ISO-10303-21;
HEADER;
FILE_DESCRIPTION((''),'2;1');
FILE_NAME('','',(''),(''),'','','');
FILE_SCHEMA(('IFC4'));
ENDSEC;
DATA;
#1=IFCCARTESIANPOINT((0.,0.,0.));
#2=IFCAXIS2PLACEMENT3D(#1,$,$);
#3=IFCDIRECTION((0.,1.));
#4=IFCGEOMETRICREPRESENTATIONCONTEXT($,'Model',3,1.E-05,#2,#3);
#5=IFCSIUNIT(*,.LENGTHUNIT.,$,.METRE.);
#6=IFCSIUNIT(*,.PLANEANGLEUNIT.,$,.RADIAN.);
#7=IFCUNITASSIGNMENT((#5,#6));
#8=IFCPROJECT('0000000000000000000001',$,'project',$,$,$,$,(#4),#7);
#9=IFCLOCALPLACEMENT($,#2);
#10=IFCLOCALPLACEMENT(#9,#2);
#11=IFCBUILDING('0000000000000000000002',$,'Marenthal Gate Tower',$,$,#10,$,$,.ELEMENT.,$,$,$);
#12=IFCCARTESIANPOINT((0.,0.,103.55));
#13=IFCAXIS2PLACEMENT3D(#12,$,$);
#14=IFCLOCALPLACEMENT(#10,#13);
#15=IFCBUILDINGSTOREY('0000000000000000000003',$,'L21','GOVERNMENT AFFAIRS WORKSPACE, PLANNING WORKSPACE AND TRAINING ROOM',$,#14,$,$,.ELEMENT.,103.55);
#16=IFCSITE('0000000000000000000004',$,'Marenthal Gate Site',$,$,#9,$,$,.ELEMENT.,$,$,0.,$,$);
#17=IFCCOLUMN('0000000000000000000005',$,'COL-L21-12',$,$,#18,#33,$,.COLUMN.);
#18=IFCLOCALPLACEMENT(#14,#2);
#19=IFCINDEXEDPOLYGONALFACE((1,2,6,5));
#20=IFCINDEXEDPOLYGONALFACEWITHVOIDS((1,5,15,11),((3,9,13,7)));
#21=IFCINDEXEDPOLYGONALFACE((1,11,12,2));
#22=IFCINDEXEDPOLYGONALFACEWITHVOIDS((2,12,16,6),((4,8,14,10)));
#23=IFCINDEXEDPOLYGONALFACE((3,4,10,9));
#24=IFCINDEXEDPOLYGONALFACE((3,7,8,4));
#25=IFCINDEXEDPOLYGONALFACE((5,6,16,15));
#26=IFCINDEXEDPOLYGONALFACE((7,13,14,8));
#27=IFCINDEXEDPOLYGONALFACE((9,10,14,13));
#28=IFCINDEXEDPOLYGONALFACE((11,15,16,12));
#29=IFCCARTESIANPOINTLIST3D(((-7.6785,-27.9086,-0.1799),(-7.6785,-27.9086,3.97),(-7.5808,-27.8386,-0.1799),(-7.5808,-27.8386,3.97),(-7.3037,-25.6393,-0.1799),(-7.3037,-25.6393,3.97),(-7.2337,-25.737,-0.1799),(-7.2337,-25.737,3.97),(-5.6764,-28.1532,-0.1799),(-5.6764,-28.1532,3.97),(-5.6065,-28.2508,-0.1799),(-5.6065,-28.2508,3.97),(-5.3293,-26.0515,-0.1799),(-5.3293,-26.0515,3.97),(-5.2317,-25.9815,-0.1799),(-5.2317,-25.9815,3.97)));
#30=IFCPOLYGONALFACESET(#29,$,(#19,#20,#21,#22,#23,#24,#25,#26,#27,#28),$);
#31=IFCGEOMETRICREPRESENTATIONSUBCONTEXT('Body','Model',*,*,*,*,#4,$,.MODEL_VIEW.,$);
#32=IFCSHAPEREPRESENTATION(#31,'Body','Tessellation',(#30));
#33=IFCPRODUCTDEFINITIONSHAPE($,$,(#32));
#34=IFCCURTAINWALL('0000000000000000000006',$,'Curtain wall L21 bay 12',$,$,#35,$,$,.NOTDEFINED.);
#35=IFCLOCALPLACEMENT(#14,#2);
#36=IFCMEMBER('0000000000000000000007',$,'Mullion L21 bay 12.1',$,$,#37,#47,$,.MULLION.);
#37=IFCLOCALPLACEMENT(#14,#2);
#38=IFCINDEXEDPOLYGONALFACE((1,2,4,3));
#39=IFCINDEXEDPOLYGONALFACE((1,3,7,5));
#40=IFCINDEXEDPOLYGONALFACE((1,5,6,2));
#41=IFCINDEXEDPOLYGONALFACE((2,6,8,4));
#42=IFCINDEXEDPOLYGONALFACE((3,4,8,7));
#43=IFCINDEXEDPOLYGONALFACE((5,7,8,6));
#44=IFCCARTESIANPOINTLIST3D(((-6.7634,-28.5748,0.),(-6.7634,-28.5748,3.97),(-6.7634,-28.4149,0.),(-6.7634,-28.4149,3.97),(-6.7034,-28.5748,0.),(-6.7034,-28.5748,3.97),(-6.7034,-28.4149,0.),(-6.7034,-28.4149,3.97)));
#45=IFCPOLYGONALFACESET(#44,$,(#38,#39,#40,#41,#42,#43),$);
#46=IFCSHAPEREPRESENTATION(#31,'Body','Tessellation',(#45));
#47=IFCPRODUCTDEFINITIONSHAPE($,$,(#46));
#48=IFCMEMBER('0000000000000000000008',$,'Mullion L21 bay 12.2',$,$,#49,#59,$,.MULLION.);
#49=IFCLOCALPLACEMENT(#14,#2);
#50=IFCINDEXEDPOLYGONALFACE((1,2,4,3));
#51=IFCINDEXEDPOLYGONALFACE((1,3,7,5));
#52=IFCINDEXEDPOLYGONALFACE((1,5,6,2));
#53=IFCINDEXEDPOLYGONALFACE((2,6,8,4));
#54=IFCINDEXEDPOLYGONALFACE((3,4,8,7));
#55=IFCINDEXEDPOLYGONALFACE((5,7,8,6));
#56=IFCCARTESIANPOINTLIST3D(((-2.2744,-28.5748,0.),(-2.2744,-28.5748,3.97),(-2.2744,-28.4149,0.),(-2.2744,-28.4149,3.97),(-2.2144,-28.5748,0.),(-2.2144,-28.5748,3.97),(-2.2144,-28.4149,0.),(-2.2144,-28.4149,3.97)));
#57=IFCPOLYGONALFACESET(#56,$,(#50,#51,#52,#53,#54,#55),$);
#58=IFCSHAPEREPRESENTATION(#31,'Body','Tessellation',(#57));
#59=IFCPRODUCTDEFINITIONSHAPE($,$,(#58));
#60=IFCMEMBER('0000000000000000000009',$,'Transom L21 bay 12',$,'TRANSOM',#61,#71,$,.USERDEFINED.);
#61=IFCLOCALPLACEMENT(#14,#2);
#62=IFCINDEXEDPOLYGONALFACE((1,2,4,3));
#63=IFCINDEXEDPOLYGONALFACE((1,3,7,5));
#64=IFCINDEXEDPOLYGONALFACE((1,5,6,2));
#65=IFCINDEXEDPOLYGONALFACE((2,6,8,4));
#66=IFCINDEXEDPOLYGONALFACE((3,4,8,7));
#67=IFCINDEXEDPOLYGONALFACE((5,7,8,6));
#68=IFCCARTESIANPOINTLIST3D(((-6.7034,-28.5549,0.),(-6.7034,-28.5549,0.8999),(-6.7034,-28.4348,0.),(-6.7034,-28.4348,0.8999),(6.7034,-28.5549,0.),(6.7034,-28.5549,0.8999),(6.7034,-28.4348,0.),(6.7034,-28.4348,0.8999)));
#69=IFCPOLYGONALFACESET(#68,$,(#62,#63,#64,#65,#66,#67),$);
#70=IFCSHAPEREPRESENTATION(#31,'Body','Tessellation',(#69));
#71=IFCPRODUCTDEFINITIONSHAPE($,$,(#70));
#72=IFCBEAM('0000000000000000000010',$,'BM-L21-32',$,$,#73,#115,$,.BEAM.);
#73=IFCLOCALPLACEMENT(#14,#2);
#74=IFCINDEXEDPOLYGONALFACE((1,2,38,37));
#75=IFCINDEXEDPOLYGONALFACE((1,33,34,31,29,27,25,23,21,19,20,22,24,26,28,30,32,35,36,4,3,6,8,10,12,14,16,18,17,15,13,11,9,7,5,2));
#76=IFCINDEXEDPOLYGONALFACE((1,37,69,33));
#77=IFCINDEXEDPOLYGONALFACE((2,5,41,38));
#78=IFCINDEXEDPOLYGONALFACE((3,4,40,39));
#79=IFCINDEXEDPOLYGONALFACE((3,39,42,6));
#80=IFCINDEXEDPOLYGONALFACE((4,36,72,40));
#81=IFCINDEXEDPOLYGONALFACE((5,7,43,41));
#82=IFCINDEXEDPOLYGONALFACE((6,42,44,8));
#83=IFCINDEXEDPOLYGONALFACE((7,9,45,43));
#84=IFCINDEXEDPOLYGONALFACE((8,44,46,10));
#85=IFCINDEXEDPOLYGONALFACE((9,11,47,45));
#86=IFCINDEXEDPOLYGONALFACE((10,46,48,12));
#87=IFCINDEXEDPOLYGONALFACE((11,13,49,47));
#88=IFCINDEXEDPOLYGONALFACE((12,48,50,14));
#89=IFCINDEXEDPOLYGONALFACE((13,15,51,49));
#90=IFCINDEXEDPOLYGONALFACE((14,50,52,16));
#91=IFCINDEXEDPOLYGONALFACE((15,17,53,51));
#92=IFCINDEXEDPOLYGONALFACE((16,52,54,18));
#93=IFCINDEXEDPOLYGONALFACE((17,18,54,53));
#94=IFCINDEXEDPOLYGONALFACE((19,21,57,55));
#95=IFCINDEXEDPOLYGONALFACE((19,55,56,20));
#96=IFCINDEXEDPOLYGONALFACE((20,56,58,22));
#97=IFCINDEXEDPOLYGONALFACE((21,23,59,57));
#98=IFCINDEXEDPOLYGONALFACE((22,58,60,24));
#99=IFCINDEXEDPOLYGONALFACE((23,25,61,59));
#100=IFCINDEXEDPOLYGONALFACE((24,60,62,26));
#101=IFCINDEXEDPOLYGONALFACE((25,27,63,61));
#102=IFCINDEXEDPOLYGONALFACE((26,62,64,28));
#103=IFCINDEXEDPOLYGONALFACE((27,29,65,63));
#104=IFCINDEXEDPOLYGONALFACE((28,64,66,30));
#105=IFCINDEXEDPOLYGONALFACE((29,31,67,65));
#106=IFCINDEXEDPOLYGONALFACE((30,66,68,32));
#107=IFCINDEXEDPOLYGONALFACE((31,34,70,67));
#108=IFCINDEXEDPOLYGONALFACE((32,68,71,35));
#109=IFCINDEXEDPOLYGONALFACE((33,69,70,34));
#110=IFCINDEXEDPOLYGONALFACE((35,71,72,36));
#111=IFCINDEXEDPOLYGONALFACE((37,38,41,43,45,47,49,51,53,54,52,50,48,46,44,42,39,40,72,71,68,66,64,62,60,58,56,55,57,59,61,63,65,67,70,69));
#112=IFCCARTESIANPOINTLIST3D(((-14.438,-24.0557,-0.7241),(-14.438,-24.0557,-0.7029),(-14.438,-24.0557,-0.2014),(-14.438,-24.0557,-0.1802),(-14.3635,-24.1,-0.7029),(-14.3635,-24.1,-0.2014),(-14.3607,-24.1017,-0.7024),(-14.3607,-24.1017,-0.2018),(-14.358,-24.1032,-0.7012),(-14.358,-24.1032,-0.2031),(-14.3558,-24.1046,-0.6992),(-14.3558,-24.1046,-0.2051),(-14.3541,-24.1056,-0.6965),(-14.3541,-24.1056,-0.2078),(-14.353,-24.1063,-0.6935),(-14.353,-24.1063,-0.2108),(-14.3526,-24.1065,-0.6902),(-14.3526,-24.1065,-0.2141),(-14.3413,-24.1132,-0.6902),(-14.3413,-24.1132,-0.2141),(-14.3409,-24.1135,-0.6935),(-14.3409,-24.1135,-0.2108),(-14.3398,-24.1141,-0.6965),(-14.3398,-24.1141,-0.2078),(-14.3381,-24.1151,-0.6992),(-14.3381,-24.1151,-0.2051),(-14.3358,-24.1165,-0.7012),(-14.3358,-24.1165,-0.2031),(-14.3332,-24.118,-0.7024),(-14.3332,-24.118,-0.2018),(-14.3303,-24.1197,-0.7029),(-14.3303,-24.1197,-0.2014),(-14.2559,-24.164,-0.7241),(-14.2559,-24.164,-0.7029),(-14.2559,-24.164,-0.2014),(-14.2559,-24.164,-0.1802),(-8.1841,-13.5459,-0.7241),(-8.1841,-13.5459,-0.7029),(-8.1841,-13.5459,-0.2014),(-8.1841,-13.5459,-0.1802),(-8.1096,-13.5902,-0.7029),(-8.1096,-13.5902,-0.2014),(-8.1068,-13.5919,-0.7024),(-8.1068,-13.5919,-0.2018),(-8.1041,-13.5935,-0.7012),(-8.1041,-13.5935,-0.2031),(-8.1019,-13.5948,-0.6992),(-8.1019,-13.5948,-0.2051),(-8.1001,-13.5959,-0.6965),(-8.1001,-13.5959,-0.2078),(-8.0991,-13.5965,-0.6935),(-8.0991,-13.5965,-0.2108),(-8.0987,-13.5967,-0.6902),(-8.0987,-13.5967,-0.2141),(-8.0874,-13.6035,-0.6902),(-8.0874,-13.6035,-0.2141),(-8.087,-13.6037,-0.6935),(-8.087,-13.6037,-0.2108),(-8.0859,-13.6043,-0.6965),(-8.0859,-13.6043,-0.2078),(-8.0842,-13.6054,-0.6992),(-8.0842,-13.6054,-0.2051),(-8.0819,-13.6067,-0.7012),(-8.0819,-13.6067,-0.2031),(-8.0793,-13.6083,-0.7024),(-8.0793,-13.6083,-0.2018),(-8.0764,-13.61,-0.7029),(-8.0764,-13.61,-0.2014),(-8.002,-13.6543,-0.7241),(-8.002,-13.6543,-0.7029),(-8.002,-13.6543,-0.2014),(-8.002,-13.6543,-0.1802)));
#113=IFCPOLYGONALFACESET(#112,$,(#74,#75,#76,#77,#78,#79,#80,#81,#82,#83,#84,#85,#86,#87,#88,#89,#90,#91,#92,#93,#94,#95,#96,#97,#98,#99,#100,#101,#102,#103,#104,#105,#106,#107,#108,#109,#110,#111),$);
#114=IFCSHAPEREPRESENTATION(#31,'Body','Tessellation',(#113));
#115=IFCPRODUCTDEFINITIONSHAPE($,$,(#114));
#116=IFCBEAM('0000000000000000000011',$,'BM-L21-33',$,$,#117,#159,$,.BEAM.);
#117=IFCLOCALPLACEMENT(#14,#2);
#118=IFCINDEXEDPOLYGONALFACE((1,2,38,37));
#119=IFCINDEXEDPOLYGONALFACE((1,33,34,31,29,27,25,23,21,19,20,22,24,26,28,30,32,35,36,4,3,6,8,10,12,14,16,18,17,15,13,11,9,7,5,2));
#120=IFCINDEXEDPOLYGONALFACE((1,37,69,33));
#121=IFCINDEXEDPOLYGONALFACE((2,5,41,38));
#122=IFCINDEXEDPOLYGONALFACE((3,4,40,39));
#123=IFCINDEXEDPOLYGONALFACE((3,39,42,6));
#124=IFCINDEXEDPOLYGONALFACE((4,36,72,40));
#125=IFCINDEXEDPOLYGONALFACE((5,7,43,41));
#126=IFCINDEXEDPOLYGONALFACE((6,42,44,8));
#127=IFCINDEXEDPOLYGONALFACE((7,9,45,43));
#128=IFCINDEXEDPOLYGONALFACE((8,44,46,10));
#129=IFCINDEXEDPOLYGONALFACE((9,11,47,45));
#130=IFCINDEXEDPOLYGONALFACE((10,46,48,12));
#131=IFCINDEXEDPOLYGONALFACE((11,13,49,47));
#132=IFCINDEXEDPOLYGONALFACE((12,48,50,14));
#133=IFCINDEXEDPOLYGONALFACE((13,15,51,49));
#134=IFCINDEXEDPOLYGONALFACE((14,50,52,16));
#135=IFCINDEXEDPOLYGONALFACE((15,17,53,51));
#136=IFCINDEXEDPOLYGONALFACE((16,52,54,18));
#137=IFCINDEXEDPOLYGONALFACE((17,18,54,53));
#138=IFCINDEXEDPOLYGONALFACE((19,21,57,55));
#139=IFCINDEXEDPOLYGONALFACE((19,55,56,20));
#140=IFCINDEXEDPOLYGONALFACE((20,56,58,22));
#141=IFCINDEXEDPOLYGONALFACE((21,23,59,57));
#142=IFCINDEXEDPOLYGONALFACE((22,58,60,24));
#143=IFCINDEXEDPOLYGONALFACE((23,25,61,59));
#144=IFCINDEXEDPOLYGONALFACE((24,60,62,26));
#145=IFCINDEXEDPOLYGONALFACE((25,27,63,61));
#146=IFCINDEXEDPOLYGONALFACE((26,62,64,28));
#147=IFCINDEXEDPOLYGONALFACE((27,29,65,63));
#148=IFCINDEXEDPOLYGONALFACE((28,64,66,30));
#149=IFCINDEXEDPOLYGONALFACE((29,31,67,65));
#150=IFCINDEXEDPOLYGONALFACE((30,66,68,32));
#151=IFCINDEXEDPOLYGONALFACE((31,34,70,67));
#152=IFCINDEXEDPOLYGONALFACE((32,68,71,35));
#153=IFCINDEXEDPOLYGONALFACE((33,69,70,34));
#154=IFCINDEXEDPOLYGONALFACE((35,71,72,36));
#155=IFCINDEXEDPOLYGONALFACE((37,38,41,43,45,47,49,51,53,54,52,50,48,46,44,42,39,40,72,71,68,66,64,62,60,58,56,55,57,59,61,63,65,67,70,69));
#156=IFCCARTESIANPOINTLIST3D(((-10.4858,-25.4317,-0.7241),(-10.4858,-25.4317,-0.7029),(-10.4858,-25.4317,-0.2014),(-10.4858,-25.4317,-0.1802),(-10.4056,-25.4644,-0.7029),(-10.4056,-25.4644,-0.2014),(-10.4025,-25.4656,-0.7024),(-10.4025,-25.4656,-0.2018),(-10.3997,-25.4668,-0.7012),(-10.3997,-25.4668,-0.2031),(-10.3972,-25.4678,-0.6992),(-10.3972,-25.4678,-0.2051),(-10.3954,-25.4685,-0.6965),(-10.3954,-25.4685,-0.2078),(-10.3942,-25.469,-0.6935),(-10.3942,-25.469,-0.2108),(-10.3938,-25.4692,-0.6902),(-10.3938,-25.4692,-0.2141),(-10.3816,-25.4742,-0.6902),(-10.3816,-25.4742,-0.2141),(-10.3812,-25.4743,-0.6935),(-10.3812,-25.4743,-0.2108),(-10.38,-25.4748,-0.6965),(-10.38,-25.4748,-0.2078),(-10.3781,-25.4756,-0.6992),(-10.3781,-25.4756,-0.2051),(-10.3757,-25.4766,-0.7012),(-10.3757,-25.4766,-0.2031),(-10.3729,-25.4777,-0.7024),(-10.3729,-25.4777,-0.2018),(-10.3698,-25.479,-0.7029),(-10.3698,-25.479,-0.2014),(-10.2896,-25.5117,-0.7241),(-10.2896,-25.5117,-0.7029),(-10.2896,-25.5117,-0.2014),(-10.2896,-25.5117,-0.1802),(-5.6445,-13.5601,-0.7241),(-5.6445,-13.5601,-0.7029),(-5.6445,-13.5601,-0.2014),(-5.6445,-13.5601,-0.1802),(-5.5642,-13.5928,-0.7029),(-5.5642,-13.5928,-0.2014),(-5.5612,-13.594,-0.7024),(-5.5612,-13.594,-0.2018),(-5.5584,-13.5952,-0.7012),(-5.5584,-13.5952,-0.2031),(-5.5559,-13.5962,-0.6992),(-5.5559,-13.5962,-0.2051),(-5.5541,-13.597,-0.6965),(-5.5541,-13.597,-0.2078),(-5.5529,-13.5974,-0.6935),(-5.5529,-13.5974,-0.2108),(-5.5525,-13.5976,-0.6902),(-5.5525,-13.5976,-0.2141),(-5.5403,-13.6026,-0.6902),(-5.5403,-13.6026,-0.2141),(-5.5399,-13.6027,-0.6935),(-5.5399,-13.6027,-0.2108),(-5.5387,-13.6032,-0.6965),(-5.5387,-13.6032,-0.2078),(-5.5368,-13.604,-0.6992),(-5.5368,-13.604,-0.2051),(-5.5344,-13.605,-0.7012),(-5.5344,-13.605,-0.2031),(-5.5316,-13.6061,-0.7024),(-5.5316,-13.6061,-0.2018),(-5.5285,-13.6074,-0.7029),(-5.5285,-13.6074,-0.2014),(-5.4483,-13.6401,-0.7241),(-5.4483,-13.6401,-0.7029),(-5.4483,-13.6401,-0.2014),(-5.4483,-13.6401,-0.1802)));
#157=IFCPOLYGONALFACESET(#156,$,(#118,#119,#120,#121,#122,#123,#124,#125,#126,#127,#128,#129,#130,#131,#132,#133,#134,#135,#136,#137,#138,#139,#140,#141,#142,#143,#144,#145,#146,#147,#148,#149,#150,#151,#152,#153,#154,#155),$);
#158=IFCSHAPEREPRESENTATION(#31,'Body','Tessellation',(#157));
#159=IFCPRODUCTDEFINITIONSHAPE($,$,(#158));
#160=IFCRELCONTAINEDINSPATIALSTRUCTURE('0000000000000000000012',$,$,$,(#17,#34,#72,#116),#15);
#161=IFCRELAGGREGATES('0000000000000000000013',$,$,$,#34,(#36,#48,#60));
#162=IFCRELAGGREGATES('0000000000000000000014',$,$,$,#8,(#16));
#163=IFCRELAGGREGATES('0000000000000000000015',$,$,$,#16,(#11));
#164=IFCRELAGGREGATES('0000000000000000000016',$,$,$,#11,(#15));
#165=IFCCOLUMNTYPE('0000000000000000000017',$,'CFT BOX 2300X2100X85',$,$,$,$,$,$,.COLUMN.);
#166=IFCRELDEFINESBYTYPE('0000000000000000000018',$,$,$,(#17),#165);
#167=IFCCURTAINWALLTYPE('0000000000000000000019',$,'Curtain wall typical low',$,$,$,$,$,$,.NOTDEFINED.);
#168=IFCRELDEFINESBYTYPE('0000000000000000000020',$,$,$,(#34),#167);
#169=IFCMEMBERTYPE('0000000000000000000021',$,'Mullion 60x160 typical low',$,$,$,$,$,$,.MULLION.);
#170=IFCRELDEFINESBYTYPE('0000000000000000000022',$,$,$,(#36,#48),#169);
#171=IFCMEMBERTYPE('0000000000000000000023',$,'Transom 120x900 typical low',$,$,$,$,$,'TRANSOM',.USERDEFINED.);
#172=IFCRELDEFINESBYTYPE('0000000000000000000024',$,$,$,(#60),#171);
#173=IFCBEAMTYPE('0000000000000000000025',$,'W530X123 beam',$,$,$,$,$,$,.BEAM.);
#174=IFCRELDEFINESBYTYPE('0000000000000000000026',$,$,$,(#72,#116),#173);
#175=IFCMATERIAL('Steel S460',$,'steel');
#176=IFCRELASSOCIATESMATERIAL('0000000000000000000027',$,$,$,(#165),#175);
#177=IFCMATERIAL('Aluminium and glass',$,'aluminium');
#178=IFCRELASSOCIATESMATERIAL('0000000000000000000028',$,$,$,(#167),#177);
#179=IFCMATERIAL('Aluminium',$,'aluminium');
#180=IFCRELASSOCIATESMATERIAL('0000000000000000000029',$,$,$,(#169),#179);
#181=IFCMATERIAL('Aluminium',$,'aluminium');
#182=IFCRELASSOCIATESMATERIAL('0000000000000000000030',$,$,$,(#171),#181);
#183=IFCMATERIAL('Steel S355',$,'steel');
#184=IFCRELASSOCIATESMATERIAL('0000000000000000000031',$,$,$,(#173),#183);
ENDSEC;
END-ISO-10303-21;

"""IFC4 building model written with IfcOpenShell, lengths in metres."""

from ifc_helpers import new_model, si_unit, direction, frame, origin, origin_2d, place, context, subcontext, project, spatial, rectangle, hollow_rectangle, i_section, extrude, material, material_profile, profile_set, type_object, element, aggregate, save


model = new_model("IFC4")

# Units and contexts
model_context = context("Model", 3, precision=1e-05, world=origin(), true_north=direction((0.0, 1.0)))
body_context = subcontext(model_context, "Body", "Model", "MODEL_VIEW")
ifc_project = project(units=[si_unit("LENGTHUNIT", "METRE"), si_unit("PLANEANGLEUNIT", "RADIAN")], contexts=[model_context])

# Site, building, storey
site_placement = place(None, origin())
site = spatial("IfcSite", under=ifc_project, at=site_placement, Name="Marenthal Gate Site", CompositionType="ELEMENT", RefElevation=0.0)
building_placement = place(site_placement, origin())
building = spatial("IfcBuilding", under=site, at=building_placement, Name="Marenthal Gate Tower", CompositionType="ELEMENT")
storey_placement = place(building_placement, frame((0.0, 0.0, 103.55)))
storey = spatial("IfcBuildingStorey", under=building, at=storey_placement, Name="L21", Description="GOVERNMENT AFFAIRS WORKSPACE, PLANNING WORKSPACE AND TRAINING ROOM", CompositionType="ELEMENT", Elevation=103.55)

# Column
ifc_material_1 = material(Name="Steel S460", Category="steel")
ifc_material_profile_1 = material_profile(ifc_material_1, hollow_rectangle(XDim=2.1001, YDim=2.3, WallThickness=0.085, at=origin_2d()), Name="CFT BOX 2300X2100X85")
ifc_material_2 = material(Name="Concrete 70 MPa", Category="concrete")
ifc_material_profile_2 = material_profile(ifc_material_2, rectangle(XDim=1.9299, YDim=2.1299, at=origin_2d()), Name="CFT BOX 2300X2100X85 INFILL")
ifc_profile_set_1 = profile_set([ifc_material_profile_1, ifc_material_profile_2], Name="Steel S460 shell, Concrete 70 MPa infill")
column_type = type_object("IfcColumnType", Name="CFT BOX 2300X2100X85", PredefinedType="COLUMN", material=ifc_profile_set_1)
column_placement = place(storey_placement, frame((-6.4551, -26.9451, -0.1799), z_axis=(0.0, 0.0, 1.0), x_axis=(-0.986635, 0.162949, 0.0)))
element("IfcColumn", 1, at=column_placement, inside=storey, type_object=column_type, Name="COL-L21-12", PredefinedType="COLUMN", context=body_context, shape_type="SweptSolid", body=[
    extrude(hollow_rectangle(XDim=2.1001, YDim=2.3, WallThickness=0.085, at=origin_2d()), origin(), (0.0, 0.0, 1.0), 4.1499),
])

# Curtain wall, members
ifc_material_3 = material(Name="Aluminium and glass", Category="aluminium")
curtain_wall_type = type_object("IfcCurtainWallType", Name="Curtain wall typical low", PredefinedType="NOTDEFINED", material=ifc_material_3)
curtain_wall_placement = place(storey_placement, origin())
curtain_wall = element("IfcCurtainWall", 2, at=curtain_wall_placement, inside=storey, type_object=curtain_wall_type, Name="Curtain wall L21 bay 12", PredefinedType="NOTDEFINED")
ifc_material_4 = material(Name="Aluminium", Category="aluminium")
ifc_material_profile_3 = material_profile(ifc_material_4, rectangle(XDim=0.1599, YDim=0.0601, at=origin_2d()), Name="60x160 aluminium mullion")
ifc_profile_set_2 = profile_set([ifc_material_profile_3], Name="Aluminium")
member_type_1 = type_object("IfcMemberType", Name="Mullion 60x160 typical low", PredefinedType="MULLION", material=ifc_profile_set_2)
member_1_placement = place(storey_placement, frame((-6.7334, -28.4949, 0.0), z_axis=(0.0, 0.0, 1.0), x_axis=(0.0, 1.0, 0.0)))
member_1 = element("IfcMember", 3, at=member_1_placement, type_object=member_type_1, Name="Mullion L21 bay 12.1", PredefinedType="MULLION", context=body_context, shape_type="SweptSolid", body=[
    extrude(rectangle(XDim=0.1599, YDim=0.0601, at=origin_2d()), origin(), (0.0, 0.0, 1.0), 3.97),
])
member_2_placement = place(storey_placement, frame((-2.2444, -28.4949, 0.0), z_axis=(0.0, 0.0, 1.0), x_axis=(0.0, 1.0, 0.0)))
member_2 = element("IfcMember", 4, at=member_2_placement, type_object=member_type_1, Name="Mullion L21 bay 12.2", PredefinedType="MULLION", context=body_context, shape_type="SweptSolid", body=[
    extrude(rectangle(XDim=0.1599, YDim=0.0601, at=origin_2d()), origin(), (0.0, 0.0, 1.0), 3.97),
])
ifc_material_5 = material(Name="Aluminium", Category="aluminium")
ifc_material_profile_4 = material_profile(ifc_material_5, rectangle(XDim=0.1201, YDim=0.8999, at=origin_2d()), Name="120x900 aluminium transom")
ifc_profile_set_3 = profile_set([ifc_material_profile_4], Name="Aluminium")
member_type_2 = type_object("IfcMemberType", Name="Transom 120x900 typical low", ElementType="TRANSOM", PredefinedType="USERDEFINED", material=ifc_profile_set_3)
member_3_placement = place(storey_placement, frame((-6.7034, -28.4949, 0.45), z_axis=(1.0, 0.0, 0.0), x_axis=(0.0, 1.0, 0.0)))
member_3 = element("IfcMember", 5, at=member_3_placement, type_object=member_type_2, Name="Transom L21 bay 12", ObjectType="TRANSOM", PredefinedType="USERDEFINED", context=body_context, shape_type="SweptSolid", body=[
    extrude(rectangle(XDim=0.1201, YDim=0.8999, at=origin_2d()), origin(), (0.0, 0.0, 1.0), 13.4067),
])

# Beams
ifc_material_6 = material(Name="Steel S355", Category="steel")
ifc_material_profile_5 = material_profile(ifc_material_6, i_section(OverallWidth=0.2119, OverallDepth=0.5439, WebThickness=0.0132, FlangeThickness=0.0212, FilletRadius=0.0127, at=origin_2d()), Name="W530X123")
ifc_profile_set_4 = profile_set([ifc_material_profile_5], Name="Steel S355")
beam_type_1 = type_object("IfcBeamType", Name="W530X123 beam", PredefinedType="BEAM", material=ifc_profile_set_4)
beam_1_placement = place(storey_placement, frame((-14.3469, -24.1099, -0.4521), z_axis=(0.511369, 0.859361, 0.0), x_axis=(-0.859361, 0.511369, 0.0)))
element("IfcBeam", 6, at=beam_1_placement, inside=storey, type_object=beam_type_1, Name="BM-L21-32", PredefinedType="BEAM", context=body_context, shape_type="SweptSolid", body=[
    extrude(i_section(OverallWidth=0.2119, OverallDepth=0.5439, WebThickness=0.0132, FlangeThickness=0.0212, FilletRadius=0.0127, at=origin_2d()), origin(), (0.0, 0.0, 1.0), 12.2297),
])
beam_2_placement = place(storey_placement, frame((-10.3877, -25.4717, -0.4521), z_axis=(0.377614, 0.925963, 0.0), x_axis=(-0.925963, 0.377614, 0.0)))
element("IfcBeam", 7, at=beam_2_placement, inside=storey, type_object=beam_type_1, Name="BM-L21-33", PredefinedType="BEAM", context=body_context, shape_type="SweptSolid", body=[
    extrude(i_section(OverallWidth=0.2119, OverallDepth=0.5439, WebThickness=0.0132, FlangeThickness=0.0212, FilletRadius=0.0127, at=origin_2d()), origin(), (0.0, 0.0, 1.0), 12.8208),
])

aggregate(curtain_wall, [member_1, member_2, member_3])

save(model, "model.ifc")
